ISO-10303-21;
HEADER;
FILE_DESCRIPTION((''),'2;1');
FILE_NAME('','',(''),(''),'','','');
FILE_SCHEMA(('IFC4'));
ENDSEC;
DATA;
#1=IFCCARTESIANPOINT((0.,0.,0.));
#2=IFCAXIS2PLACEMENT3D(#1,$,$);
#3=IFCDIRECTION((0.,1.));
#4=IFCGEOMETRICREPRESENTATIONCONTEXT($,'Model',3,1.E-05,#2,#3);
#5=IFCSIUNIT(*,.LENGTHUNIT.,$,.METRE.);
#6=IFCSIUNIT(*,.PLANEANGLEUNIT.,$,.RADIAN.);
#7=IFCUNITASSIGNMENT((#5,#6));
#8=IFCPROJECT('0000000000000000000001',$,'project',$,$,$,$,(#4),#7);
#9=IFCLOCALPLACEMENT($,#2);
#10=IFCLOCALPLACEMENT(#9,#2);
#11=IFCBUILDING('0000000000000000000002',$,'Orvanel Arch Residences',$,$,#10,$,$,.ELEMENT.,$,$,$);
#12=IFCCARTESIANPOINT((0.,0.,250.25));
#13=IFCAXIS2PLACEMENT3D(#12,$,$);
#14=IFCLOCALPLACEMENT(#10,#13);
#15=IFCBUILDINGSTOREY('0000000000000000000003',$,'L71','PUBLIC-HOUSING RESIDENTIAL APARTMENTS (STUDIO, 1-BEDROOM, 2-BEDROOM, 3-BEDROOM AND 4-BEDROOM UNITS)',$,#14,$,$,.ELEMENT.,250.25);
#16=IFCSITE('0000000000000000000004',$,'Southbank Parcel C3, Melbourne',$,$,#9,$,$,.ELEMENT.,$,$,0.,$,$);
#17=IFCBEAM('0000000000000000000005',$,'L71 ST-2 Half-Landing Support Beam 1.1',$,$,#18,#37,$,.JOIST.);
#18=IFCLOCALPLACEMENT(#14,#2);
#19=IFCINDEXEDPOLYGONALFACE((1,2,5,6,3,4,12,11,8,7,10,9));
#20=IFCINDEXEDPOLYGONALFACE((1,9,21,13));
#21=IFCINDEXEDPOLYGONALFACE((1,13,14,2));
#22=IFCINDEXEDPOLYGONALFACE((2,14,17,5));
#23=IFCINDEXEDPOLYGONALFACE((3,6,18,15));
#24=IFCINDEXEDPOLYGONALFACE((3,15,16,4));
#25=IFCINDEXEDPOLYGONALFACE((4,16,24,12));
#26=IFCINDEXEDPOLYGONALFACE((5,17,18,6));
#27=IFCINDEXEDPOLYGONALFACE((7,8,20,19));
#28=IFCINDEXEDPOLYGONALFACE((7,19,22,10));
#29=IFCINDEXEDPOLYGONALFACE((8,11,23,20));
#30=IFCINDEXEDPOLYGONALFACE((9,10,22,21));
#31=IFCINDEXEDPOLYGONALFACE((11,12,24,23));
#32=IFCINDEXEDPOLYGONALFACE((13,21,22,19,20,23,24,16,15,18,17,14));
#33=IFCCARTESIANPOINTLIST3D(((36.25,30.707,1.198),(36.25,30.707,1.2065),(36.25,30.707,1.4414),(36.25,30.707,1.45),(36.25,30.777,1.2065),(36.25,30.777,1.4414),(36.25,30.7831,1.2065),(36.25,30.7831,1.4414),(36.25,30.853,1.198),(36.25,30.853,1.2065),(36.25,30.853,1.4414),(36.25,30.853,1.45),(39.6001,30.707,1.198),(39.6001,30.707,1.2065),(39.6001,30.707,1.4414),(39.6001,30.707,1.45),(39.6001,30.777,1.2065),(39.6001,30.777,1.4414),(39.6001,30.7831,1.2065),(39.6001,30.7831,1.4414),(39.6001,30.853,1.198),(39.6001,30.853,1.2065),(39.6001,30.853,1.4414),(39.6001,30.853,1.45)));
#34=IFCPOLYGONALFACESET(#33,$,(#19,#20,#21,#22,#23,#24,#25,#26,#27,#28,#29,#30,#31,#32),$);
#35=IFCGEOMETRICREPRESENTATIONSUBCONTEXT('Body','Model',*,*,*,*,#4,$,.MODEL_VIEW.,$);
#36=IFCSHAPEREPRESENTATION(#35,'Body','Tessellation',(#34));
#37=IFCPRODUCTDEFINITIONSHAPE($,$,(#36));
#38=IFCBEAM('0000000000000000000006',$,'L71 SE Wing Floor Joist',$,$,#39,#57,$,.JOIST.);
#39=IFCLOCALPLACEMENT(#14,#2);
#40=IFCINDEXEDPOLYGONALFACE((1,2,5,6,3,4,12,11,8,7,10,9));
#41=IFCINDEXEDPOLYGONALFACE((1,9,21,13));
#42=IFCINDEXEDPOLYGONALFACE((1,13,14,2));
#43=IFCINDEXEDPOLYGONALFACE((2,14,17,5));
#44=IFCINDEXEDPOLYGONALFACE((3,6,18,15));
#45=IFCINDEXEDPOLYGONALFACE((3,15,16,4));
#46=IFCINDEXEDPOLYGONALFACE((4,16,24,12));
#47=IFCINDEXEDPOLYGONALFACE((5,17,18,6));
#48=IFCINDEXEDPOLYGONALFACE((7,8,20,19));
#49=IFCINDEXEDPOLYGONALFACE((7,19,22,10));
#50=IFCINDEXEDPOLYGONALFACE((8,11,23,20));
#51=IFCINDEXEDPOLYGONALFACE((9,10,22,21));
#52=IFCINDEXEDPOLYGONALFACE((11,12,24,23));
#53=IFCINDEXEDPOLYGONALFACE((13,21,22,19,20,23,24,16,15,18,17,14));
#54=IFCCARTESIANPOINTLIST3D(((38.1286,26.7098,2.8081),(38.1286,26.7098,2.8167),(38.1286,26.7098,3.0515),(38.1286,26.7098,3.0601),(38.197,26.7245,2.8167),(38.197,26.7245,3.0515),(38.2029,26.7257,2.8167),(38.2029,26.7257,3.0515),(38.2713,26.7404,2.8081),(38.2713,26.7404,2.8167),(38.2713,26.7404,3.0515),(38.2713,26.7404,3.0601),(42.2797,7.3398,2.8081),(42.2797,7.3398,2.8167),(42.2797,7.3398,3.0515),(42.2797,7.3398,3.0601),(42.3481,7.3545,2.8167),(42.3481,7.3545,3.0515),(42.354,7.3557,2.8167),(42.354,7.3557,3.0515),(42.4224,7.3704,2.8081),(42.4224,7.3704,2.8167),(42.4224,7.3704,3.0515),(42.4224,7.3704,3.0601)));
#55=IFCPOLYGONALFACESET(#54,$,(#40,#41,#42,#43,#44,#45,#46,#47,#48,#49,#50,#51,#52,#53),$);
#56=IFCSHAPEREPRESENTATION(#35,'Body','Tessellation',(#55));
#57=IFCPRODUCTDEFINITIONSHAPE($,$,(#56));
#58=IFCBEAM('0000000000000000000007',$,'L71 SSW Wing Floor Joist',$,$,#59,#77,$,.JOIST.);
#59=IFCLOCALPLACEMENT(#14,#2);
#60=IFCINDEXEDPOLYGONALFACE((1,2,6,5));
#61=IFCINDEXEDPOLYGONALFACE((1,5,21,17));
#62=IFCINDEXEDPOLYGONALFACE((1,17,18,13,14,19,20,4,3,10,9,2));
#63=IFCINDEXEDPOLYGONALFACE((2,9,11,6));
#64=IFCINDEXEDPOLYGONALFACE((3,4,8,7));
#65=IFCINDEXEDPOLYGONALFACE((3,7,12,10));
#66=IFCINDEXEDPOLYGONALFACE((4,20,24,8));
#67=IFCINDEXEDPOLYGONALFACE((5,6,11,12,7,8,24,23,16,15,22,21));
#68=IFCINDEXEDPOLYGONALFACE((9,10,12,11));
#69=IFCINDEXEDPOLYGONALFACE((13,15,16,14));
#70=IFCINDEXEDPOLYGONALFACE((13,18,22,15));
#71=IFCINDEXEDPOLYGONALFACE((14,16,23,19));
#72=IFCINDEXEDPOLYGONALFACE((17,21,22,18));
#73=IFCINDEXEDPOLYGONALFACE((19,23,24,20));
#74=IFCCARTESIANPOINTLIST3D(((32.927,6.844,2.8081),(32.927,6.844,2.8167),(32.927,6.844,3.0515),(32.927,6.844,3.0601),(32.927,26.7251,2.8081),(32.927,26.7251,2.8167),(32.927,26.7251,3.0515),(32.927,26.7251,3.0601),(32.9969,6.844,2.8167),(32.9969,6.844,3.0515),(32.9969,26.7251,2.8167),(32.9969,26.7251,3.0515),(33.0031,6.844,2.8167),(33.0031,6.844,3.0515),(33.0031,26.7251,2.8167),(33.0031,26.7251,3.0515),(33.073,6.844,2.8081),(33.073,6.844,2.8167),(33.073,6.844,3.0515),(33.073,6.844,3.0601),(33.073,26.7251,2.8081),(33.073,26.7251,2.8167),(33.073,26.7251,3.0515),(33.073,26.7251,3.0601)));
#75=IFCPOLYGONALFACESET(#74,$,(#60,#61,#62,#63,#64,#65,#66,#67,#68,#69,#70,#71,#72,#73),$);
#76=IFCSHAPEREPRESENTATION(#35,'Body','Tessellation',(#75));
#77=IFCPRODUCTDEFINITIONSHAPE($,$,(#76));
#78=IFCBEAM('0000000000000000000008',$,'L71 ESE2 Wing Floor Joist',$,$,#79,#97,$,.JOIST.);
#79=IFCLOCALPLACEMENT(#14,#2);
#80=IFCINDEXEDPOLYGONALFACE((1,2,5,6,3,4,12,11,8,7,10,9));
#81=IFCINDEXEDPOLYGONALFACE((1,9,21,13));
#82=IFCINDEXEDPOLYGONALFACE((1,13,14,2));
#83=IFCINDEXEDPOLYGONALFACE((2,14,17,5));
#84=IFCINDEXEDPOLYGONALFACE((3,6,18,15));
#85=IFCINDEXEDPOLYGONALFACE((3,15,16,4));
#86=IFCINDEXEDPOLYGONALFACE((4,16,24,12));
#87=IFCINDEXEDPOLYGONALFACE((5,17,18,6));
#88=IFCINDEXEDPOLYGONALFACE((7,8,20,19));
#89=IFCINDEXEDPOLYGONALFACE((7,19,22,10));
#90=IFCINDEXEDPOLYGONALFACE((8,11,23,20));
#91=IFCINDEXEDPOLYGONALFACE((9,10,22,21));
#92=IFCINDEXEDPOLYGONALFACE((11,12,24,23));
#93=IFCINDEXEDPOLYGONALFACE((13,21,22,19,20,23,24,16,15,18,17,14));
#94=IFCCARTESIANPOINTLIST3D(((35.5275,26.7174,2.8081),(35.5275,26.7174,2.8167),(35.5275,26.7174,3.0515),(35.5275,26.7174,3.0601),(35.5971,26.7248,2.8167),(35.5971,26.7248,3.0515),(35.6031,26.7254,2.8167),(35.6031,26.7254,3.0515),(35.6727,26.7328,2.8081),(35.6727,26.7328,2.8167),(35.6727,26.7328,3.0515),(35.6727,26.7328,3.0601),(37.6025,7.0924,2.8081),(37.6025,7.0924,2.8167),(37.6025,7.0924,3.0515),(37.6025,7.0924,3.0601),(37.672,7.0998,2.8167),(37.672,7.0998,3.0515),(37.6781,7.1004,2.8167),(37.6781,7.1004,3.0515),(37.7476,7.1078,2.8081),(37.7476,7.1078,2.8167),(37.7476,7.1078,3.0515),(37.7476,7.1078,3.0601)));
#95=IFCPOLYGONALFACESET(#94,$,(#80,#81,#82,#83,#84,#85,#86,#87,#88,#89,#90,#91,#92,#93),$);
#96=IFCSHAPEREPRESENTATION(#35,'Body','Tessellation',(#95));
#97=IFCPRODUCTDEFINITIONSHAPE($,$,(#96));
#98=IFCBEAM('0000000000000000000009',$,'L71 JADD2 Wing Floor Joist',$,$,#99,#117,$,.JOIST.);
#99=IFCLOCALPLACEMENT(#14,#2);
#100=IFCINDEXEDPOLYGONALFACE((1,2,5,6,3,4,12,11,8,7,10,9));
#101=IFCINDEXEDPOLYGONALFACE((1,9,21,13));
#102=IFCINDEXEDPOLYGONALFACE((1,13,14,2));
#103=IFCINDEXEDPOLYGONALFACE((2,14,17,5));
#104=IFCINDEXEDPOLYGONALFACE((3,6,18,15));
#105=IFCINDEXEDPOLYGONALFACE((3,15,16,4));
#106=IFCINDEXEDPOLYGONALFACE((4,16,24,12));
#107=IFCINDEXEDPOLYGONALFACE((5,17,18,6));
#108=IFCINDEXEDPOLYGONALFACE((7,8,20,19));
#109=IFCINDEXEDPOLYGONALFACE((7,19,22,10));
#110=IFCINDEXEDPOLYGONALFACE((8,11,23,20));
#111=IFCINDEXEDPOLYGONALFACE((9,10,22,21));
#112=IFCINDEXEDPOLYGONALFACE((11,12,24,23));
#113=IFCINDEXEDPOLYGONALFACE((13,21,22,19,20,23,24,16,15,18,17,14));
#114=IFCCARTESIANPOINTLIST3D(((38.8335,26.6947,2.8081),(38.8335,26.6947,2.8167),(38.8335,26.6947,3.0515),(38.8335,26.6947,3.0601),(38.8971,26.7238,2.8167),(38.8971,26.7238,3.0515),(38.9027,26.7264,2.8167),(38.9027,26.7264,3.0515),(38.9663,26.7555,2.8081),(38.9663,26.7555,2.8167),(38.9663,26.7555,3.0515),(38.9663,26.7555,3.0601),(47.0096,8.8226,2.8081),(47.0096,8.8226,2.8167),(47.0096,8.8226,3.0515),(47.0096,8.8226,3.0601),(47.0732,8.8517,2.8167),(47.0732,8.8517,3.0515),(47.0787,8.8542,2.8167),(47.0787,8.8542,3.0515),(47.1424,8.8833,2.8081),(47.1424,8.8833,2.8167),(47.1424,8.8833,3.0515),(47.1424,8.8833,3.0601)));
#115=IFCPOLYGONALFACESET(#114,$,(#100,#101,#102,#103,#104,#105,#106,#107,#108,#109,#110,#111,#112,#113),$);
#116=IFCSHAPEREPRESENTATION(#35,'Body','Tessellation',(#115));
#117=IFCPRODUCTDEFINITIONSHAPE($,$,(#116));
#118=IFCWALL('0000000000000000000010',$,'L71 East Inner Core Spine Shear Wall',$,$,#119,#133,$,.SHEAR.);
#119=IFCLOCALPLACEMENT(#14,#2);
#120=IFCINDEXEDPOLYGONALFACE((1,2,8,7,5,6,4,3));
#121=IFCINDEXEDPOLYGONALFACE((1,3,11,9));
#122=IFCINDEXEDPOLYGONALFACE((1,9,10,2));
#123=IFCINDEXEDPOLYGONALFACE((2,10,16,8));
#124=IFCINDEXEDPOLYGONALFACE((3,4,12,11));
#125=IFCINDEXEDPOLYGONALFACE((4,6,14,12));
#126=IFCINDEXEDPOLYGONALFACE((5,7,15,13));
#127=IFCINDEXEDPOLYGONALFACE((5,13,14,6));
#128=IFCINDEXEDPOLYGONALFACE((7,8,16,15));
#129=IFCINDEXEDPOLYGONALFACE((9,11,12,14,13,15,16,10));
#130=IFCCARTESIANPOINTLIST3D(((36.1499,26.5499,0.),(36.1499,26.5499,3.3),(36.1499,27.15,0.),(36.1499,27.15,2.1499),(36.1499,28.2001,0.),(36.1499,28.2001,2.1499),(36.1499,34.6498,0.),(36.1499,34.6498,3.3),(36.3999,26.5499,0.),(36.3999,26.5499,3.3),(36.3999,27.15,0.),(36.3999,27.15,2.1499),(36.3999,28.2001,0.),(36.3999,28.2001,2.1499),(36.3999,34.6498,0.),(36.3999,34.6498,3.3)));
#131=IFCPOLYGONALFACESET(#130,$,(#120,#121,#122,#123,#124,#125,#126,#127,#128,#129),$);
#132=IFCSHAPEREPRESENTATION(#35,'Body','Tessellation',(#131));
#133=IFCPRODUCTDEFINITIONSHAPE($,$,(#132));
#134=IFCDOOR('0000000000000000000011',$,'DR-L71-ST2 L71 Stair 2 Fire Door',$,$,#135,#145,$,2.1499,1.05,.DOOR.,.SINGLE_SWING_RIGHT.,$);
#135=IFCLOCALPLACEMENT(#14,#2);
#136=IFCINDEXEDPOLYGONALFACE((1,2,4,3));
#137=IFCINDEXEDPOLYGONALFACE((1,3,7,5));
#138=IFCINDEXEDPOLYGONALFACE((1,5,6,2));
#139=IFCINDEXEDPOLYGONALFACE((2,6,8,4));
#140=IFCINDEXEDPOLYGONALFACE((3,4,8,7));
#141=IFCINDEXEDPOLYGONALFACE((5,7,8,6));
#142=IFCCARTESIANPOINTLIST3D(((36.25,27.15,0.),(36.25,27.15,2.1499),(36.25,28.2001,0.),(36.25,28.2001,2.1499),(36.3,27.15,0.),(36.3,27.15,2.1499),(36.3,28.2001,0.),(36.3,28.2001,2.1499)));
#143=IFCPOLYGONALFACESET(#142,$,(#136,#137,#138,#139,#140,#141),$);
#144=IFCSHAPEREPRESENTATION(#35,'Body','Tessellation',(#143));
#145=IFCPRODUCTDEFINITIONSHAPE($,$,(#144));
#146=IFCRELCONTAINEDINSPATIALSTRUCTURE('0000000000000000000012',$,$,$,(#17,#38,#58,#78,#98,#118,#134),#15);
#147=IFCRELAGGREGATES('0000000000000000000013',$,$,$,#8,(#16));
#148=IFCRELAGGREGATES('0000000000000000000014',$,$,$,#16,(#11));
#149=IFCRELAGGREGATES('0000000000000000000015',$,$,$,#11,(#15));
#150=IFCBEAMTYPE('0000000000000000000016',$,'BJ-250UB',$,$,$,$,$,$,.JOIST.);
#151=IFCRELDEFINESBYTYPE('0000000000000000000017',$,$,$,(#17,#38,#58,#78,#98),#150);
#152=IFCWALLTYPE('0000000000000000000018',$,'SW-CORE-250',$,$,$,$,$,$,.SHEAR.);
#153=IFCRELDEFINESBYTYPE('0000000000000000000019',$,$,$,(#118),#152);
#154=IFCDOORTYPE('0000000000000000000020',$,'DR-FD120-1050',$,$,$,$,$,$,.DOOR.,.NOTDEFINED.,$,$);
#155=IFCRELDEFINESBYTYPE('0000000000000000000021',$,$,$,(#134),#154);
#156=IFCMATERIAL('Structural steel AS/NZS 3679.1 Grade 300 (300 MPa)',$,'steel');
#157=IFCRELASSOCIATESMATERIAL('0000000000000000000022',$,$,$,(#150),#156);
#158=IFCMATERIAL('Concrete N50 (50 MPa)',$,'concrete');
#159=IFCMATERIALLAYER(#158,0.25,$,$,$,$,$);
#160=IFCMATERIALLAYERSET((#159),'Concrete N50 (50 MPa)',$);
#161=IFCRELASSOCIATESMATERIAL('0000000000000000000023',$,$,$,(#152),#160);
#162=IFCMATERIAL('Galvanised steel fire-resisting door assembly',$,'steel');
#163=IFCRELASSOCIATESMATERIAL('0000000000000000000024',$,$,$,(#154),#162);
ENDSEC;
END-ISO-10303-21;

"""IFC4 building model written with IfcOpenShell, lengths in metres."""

from ifc_helpers import new_model, si_unit, direction, frame, frame_2d, origin, origin_2d, place, context, subcontext, project, spatial, rectangle, i_section, extrude, material, layer, layer_set, material_profile, profile_set, type_object, element, fill, save


model = new_model("IFC4")

# Units and contexts
model_context = context("Model", 3, precision=1e-05, world=origin(), true_north=direction((0.0, 1.0)))
body_context = subcontext(model_context, "Body", "Model", "MODEL_VIEW")
ifc_project = project(units=[si_unit("LENGTHUNIT", "METRE"), si_unit("PLANEANGLEUNIT", "RADIAN")], contexts=[model_context])

# Site, building, storey
site_placement = place(None, origin())
site = spatial("IfcSite", under=ifc_project, at=site_placement, Name="Southbank Parcel C3, Melbourne", CompositionType="ELEMENT", RefElevation=0.0)
building_placement = place(site_placement, origin())
building = spatial("IfcBuilding", under=site, at=building_placement, Name="Orvanel Arch Residences", CompositionType="ELEMENT")
storey_placement = place(building_placement, frame((0.0, 0.0, 250.25)))
storey = spatial("IfcBuildingStorey", under=building, at=storey_placement, Name="L71", Description="PUBLIC-HOUSING RESIDENTIAL APARTMENTS (STUDIO, 1-BEDROOM, 2-BEDROOM, 3-BEDROOM AND 4-BEDROOM UNITS)", CompositionType="ELEMENT", Elevation=250.25)

# Beams
ifc_material_1 = material(Name="Structural steel AS/NZS 3679.1 Grade 300 (300 MPa)", Category="steel")
ifc_material_profile = material_profile(ifc_material_1, i_section(OverallWidth=0.146, OverallDepth=0.252, WebThickness=0.0061, FlangeThickness=0.0085, at=origin_2d()), Name="250UB31.4")
ifc_profile_set = profile_set([ifc_material_profile], Name="Structural steel AS/NZS 3679.1 Grade 300 (300 MPa)")
beam_type = type_object("IfcBeamType", Name="BJ-250UB", PredefinedType="JOIST", material=ifc_profile_set)
beam_1_placement = place(storey_placement, frame((36.25, 30.78, 1.324), z_axis=(1.0, 0.0, 0.0), x_axis=(0.0, 1.0, 0.0)))
element("IfcBeam", 1, at=beam_1_placement, inside=storey, type_object=beam_type, Name="L71 ST-2 Half-Landing Support Beam 1.1", PredefinedType="JOIST", context=body_context, shape_type="SweptSolid", body=[
    extrude(i_section(OverallWidth=0.146, OverallDepth=0.252, WebThickness=0.0061, FlangeThickness=0.0085, at=origin_2d()), origin(), (0.0, 0.0, 1.0), 3.3501),
])
beam_2_placement = place(storey_placement, frame((38.2, 26.7251, 2.9341), z_axis=(0.209548, -0.977798, 0.0), x_axis=(0.977798, 0.209548, 0.0)))
element("IfcBeam", 2, at=beam_2_placement, inside=storey, type_object=beam_type, Name="L71 SE Wing Floor Joist", PredefinedType="JOIST", context=body_context, shape_type="SweptSolid", body=[
    extrude(i_section(OverallWidth=0.146, OverallDepth=0.252, WebThickness=0.0061, FlangeThickness=0.0085, at=origin_2d()), origin(), (0.0, 0.0, 1.0), 19.8098),
])
beam_3_placement = place(storey_placement, frame((33.0, 26.7251, 2.9341), z_axis=(0.0, -1.0, 0.0), x_axis=(1.0, 0.0, 0.0)))
element("IfcBeam", 3, at=beam_3_placement, inside=storey, type_object=beam_type, Name="L71 SSW Wing Floor Joist", PredefinedType="JOIST", context=body_context, shape_type="SweptSolid", body=[
    extrude(i_section(OverallWidth=0.146, OverallDepth=0.252, WebThickness=0.0061, FlangeThickness=0.0085, at=origin_2d()), origin(), (0.0, 0.0, 1.0), 19.8811),
])
beam_4_placement = place(storey_placement, frame((35.6001, 26.7251, 2.9341), z_axis=(0.105144, -0.994457, 0.0), x_axis=(0.994457, 0.105144, 0.0)))
element("IfcBeam", 4, at=beam_4_placement, inside=storey, type_object=beam_type, Name="L71 ESE2 Wing Floor Joist", PredefinedType="JOIST", context=body_context, shape_type="SweptSolid", body=[
    extrude(i_section(OverallWidth=0.146, OverallDepth=0.252, WebThickness=0.0061, FlangeThickness=0.0085, at=origin_2d()), origin(), (0.0, 0.0, 1.0), 19.7344),
])
beam_5_placement = place(storey_placement, frame((38.8999, 26.7251, 2.9341), z_axis=(0.41601, -0.90936, 0.0), x_axis=(0.90936, 0.41601, 0.0)))
element("IfcBeam", 5, at=beam_5_placement, inside=storey, type_object=beam_type, Name="L71 JADD2 Wing Floor Joist", PredefinedType="JOIST", context=body_context, shape_type="SweptSolid", body=[
    extrude(i_section(OverallWidth=0.146, OverallDepth=0.252, WebThickness=0.0061, FlangeThickness=0.0085, at=origin_2d()), origin(), (0.0, 0.0, 1.0), 19.6536),
])

# Wall, opening, door
ifc_material_2 = material(Name="Concrete N50 (50 MPa)", Category="concrete")
ifc_layer_1 = layer(ifc_material_2, 0.25)
ifc_layer_set_1 = layer_set([ifc_layer_1], Name="Concrete N50 (50 MPa)")
wall_type_1 = type_object("IfcWallType", Name="SW-CORE-250", PredefinedType="SHEAR", material=ifc_layer_set_1)
wall_1_placement = place(storey_placement, frame((36.2749, 26.55, 0.0), z_axis=(0.0, 0.0, 1.0), x_axis=(0.0, 1.0, 0.0)))
wall_1 = element("IfcWall", 6, at=wall_1_placement, inside=storey, type_object=wall_type_1, Name="L71 East Inner Core Spine Shear Wall", PredefinedType="SHEAR", context=body_context, shape_type="SweptSolid", body=[
    extrude(rectangle(XDim=8.0999, YDim=0.25, at=frame_2d((4.0498, 0.0))), origin(), (0.0, 0.0, 1.0), 3.3),
])
opening_1_placement = place(wall_1_placement, frame((0.6001, 0.0, 0.0)))
opening_1 = element("IfcOpeningElement", 7, at=opening_1_placement, cuts=wall_1, PredefinedType="OPENING", context=body_context, shape_type="SweptSolid", body=[
    extrude(rectangle(XDim=1.05, YDim=2.1499, at=frame_2d((0.5249, 1.075))), frame((0.0, 0.135, 0.0), z_axis=(0.0, -1.0, 0.0), x_axis=(1.0, 0.0, 0.0)), (0.0, 0.0, 1.0), 0.27),
])
ifc_material_3 = material(Name="Galvanised steel fire-resisting door assembly", Category="steel")
door_type_1 = type_object("IfcDoorType", Name="DR-FD120-1050", OperationType="NOTDEFINED", PredefinedType="DOOR", material=ifc_material_3)
door_1_placement = place(opening_1_placement, origin())
door_1 = element("IfcDoor", 8, at=door_1_placement, inside=storey, type_object=door_type_1, Name="DR-L71-ST2 L71 Stair 2 Fire Door", OperationType="SINGLE_SWING_RIGHT", OverallHeight=2.1499, OverallWidth=1.05, PredefinedType="DOOR", context=body_context, shape_type="SweptSolid", body=[
    extrude(rectangle(XDim=1.05, YDim=2.1499, at=frame_2d((0.5249, 1.075))), frame((0.0, 0.0249, 0.0), z_axis=(0.0, -1.0, 0.0), x_axis=(1.0, 0.0, 0.0)), (0.0, 0.0, 1.0), 0.05),
])
fill(opening_1, door_1)

save(model, "model.ifc")
